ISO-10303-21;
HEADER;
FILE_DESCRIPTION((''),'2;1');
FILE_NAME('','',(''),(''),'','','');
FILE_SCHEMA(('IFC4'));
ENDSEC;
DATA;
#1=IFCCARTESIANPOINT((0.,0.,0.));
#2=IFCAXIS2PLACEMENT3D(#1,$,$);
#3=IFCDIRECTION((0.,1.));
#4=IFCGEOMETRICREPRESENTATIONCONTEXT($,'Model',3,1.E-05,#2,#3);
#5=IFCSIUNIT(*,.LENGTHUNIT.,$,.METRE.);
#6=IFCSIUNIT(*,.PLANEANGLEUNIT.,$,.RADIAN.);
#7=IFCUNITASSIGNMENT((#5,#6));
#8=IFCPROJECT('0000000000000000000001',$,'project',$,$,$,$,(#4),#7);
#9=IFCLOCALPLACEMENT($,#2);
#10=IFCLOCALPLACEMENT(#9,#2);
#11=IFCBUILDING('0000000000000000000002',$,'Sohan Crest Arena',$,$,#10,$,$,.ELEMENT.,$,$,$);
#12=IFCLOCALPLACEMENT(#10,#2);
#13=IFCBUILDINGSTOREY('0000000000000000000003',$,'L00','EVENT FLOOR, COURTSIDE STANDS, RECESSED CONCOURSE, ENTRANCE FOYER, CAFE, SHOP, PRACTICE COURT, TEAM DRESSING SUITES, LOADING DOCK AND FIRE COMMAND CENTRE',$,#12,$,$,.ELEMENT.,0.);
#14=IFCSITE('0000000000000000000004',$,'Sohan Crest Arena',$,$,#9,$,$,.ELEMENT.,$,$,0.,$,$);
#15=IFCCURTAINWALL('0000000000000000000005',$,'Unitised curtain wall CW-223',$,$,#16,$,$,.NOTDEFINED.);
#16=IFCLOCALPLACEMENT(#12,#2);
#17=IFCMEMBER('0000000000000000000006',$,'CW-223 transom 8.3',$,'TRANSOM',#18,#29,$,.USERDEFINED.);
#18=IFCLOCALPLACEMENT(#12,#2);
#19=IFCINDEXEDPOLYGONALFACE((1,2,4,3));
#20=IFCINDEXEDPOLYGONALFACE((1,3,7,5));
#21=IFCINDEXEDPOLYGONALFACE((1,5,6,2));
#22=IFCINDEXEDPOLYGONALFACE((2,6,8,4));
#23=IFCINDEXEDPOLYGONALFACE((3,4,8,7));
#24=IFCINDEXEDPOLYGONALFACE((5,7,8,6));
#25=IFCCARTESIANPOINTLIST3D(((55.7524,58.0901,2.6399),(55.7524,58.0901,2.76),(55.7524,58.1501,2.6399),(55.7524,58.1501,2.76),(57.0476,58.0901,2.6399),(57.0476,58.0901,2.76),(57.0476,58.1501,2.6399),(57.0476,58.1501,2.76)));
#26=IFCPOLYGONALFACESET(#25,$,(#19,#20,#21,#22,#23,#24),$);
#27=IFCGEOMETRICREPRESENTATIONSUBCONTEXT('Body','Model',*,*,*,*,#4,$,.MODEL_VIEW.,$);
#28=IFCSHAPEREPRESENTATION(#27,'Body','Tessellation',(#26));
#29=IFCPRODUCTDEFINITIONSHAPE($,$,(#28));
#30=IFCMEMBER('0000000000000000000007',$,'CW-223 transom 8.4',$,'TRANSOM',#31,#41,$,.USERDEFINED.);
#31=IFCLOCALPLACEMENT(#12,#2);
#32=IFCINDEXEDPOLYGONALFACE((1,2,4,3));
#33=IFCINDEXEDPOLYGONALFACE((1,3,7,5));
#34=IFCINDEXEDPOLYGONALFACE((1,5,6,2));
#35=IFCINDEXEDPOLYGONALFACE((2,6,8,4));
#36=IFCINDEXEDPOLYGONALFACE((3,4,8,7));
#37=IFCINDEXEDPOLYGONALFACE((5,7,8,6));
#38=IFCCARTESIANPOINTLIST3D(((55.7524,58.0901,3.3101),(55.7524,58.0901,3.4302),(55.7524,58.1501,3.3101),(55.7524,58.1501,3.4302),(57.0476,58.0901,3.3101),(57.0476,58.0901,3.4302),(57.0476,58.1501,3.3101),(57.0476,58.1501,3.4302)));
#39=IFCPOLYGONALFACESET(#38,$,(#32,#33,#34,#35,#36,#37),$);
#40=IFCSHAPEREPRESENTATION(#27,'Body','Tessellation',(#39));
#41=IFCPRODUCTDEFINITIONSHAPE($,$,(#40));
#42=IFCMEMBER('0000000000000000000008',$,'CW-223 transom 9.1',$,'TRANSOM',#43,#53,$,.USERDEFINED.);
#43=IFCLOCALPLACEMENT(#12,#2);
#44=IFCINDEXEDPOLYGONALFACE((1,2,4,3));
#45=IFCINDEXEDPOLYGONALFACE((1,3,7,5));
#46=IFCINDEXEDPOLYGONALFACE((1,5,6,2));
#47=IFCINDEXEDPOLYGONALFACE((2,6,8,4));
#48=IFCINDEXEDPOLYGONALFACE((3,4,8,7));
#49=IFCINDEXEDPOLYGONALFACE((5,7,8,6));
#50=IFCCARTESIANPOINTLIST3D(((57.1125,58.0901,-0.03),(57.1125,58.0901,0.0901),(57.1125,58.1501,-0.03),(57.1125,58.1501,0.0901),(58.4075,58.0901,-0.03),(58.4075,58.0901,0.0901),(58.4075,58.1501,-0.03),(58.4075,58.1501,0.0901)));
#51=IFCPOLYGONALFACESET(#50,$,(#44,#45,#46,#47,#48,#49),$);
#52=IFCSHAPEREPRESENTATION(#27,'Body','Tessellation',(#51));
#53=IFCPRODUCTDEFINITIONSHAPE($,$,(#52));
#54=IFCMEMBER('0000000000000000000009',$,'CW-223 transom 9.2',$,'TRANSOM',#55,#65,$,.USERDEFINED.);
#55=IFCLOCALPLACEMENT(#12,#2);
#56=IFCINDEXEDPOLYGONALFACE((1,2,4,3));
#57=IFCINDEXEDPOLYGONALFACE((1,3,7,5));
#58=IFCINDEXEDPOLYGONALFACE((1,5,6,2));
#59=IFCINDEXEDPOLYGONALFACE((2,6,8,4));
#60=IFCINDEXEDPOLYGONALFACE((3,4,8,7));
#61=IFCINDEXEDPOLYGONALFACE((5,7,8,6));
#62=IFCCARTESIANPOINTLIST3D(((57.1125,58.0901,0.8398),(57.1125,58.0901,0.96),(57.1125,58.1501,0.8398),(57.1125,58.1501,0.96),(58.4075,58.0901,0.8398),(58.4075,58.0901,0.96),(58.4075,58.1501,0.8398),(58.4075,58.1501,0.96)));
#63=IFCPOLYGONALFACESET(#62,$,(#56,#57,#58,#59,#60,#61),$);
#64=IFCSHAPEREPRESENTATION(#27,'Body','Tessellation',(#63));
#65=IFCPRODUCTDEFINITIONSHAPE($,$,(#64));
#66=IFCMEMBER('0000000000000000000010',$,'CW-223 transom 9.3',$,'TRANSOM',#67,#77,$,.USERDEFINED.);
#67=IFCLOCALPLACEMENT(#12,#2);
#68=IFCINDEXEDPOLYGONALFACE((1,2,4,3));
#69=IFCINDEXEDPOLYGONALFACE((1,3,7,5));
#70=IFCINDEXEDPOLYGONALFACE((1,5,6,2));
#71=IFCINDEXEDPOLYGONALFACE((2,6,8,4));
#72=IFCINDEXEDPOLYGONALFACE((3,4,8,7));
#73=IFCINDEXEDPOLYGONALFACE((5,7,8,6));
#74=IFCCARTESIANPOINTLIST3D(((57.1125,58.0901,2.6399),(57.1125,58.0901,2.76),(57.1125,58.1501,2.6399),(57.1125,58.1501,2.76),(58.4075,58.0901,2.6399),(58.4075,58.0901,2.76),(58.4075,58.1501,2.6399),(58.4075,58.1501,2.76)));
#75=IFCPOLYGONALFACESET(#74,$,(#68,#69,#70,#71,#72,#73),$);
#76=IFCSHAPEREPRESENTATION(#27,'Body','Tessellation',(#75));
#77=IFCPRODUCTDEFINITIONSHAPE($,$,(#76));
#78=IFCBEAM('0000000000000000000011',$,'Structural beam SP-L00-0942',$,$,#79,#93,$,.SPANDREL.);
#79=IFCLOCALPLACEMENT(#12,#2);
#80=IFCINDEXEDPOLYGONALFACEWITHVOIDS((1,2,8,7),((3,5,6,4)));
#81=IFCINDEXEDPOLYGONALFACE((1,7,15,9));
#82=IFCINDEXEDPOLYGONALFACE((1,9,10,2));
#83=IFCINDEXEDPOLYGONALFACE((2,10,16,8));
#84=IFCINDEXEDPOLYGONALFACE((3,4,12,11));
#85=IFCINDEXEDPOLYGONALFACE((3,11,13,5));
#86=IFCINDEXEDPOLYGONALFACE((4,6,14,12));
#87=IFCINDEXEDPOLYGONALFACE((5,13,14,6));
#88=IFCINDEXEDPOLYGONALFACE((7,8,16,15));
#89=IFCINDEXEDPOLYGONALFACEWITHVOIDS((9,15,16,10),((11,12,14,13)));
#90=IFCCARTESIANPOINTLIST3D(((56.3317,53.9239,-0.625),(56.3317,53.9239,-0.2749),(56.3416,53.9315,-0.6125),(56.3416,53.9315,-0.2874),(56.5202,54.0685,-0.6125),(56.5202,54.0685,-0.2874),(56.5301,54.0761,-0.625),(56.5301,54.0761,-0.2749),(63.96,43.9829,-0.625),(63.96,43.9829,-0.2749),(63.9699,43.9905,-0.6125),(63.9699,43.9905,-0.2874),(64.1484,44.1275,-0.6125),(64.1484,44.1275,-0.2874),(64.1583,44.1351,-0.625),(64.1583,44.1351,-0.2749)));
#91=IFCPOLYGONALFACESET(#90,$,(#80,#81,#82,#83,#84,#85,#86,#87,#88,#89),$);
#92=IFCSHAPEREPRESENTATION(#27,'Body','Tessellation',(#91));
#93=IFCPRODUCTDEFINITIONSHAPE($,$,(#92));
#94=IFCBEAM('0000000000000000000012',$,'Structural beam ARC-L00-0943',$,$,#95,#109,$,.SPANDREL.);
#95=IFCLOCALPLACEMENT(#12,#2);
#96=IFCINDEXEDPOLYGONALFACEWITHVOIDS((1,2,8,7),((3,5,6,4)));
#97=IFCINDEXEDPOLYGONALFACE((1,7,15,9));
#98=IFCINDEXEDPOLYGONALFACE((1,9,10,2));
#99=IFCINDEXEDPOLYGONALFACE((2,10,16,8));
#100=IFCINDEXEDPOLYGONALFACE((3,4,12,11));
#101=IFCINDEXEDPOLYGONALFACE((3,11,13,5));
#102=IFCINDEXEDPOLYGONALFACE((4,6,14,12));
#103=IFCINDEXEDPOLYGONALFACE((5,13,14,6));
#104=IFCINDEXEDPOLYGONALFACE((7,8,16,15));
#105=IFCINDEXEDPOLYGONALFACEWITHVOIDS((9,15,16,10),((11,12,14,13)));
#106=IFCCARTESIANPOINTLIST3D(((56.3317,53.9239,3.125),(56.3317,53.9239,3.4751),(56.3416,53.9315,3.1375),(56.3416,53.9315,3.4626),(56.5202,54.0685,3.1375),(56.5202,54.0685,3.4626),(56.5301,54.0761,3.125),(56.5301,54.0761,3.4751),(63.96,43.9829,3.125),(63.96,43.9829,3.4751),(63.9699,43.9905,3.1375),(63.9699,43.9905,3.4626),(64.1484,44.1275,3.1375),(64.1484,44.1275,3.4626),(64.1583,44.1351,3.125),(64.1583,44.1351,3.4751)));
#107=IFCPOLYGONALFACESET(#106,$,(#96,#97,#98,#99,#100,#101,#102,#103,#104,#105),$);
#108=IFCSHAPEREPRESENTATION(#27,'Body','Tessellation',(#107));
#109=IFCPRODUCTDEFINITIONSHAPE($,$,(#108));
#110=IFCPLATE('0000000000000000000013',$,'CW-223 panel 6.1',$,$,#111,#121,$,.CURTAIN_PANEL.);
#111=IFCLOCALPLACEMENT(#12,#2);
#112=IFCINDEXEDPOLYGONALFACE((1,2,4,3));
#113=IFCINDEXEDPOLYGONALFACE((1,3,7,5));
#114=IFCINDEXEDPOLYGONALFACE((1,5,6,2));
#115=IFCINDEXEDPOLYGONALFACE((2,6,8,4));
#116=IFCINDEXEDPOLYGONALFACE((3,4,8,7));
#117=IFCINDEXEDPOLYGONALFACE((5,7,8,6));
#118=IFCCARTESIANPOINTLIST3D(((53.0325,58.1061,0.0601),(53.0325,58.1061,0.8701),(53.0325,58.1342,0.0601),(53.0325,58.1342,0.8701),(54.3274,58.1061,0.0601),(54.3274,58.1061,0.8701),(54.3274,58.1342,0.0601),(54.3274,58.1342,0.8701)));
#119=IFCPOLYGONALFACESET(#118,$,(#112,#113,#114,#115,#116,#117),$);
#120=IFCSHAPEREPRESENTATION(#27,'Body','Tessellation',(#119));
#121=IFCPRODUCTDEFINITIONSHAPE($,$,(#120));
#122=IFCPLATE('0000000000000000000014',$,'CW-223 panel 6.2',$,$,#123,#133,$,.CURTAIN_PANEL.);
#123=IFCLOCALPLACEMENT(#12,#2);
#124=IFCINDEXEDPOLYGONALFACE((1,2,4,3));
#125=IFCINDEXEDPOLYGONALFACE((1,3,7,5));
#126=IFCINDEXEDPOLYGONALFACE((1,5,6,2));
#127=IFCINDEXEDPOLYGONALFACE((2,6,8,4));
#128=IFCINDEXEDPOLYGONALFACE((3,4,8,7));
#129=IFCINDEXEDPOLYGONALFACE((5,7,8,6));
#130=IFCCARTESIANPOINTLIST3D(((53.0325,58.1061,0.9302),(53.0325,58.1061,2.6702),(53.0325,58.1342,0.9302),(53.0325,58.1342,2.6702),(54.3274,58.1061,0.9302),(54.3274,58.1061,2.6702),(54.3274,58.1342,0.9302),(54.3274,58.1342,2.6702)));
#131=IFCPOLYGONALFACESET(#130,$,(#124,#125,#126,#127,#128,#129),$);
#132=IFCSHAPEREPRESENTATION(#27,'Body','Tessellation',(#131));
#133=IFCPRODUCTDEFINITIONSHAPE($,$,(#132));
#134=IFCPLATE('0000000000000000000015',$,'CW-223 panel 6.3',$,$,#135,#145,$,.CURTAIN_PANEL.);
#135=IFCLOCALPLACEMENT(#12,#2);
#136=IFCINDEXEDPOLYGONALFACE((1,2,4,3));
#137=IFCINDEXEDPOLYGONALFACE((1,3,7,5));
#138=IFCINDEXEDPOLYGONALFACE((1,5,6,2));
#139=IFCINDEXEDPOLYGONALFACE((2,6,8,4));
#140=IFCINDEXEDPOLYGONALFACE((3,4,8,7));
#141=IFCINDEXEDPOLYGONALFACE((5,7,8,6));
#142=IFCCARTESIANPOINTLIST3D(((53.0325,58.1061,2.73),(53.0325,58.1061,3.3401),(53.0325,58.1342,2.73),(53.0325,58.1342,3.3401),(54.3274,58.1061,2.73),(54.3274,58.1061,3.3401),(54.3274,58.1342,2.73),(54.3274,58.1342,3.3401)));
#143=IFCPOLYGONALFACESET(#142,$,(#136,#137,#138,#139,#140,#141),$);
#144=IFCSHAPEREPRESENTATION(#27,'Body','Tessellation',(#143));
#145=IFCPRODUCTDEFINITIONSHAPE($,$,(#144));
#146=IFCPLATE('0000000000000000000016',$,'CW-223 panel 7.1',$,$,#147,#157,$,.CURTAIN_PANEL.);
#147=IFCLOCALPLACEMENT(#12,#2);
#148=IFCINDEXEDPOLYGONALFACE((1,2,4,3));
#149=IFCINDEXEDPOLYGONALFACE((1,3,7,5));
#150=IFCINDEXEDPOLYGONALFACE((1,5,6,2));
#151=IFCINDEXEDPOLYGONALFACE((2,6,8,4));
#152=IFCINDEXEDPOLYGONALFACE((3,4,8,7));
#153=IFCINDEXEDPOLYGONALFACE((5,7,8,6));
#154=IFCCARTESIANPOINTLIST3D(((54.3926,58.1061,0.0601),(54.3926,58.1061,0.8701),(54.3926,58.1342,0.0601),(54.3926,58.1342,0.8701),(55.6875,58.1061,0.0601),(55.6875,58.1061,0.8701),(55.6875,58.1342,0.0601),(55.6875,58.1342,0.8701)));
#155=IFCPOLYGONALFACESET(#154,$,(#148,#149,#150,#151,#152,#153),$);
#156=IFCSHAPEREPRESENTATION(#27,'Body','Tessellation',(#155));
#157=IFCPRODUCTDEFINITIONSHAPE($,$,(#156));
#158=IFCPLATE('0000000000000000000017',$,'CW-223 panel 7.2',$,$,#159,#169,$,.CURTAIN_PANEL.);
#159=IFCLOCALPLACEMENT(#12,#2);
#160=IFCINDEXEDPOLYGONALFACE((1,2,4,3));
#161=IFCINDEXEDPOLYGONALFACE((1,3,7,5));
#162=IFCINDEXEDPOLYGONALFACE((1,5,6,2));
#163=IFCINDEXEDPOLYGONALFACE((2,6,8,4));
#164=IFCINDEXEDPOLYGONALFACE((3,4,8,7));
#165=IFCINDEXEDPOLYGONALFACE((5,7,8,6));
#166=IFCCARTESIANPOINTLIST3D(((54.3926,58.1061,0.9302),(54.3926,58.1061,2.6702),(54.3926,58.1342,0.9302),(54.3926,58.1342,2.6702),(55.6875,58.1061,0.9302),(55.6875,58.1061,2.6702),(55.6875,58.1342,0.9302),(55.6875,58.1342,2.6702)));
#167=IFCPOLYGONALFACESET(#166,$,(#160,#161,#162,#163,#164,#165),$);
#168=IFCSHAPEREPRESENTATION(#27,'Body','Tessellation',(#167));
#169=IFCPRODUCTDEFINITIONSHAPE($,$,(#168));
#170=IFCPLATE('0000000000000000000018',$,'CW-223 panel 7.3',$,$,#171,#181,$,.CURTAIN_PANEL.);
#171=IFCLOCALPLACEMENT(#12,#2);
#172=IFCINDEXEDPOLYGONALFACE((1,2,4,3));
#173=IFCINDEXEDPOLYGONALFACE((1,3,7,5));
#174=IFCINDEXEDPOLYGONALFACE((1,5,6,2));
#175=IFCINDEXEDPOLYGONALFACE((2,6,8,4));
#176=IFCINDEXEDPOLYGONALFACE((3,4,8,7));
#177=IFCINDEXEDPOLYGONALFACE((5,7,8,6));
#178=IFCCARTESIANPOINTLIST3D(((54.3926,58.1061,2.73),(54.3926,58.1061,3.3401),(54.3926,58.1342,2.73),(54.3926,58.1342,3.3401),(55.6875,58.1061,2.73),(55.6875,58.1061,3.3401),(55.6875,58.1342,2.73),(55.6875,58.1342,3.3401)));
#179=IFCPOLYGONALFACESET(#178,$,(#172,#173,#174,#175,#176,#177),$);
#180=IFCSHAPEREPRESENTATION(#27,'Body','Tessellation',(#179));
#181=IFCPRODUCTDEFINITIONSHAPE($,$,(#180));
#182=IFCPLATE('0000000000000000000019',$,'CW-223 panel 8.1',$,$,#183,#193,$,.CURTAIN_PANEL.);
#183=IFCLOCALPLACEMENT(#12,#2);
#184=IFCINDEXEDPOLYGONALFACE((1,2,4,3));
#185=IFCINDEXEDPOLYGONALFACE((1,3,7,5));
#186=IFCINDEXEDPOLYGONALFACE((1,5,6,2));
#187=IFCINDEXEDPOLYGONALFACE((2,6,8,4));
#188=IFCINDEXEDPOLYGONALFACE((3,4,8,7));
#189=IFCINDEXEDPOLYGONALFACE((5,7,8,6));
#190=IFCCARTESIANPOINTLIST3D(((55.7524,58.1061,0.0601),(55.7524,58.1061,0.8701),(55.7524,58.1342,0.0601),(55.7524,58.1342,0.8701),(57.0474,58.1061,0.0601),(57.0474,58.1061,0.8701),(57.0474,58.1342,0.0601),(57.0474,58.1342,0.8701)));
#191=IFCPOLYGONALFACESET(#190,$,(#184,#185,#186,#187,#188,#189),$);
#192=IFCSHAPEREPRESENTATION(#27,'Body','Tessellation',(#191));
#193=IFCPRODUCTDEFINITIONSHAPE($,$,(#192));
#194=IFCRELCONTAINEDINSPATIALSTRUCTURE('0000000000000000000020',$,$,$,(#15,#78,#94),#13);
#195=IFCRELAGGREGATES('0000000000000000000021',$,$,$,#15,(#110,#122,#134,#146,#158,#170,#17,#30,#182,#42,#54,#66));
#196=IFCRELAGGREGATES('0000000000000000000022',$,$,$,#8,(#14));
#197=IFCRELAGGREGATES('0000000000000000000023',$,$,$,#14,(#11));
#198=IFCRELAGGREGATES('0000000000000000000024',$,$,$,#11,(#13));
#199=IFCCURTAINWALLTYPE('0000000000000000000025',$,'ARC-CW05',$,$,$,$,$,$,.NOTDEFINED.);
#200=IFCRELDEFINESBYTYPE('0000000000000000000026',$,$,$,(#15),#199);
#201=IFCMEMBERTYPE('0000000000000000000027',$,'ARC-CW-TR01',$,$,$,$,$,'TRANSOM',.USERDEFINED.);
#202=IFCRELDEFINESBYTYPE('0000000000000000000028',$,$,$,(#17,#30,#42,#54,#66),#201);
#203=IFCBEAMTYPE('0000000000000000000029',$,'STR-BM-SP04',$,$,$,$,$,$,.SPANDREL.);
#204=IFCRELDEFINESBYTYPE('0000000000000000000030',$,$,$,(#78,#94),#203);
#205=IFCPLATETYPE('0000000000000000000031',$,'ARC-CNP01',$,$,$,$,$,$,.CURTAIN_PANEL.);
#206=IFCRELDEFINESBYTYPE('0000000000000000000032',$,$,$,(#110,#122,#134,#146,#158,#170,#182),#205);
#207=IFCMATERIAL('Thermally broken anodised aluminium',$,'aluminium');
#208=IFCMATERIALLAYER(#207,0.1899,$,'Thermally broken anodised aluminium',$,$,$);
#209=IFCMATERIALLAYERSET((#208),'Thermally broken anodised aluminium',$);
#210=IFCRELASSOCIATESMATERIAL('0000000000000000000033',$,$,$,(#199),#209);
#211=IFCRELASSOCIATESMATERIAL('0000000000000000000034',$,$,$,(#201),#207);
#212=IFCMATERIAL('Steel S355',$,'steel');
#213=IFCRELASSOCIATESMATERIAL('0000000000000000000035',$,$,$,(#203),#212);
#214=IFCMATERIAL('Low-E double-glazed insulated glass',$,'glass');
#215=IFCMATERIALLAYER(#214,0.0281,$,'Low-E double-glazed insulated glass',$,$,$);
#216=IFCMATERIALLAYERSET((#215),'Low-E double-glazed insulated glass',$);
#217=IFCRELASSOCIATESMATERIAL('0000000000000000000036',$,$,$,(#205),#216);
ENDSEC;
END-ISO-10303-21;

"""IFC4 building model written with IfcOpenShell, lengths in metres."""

from ifc_helpers import new_model, si_unit, direction, frame, origin, origin_2d, place, context, subcontext, project, spatial, rectangle, hollow_rectangle, extrude, material, layer, layer_set, material_profile, profile_set, type_object, element, aggregate, save


model = new_model("IFC4")

# Units and contexts
model_context = context("Model", 3, precision=1e-05, world=origin(), true_north=direction((0.0, 1.0)))
body_context = subcontext(model_context, "Body", "Model", "MODEL_VIEW")
ifc_project = project(units=[si_unit("LENGTHUNIT", "METRE"), si_unit("PLANEANGLEUNIT", "RADIAN")], contexts=[model_context])

# Site, building, storey
site_placement = place(None, origin())
site = spatial("IfcSite", under=ifc_project, at=site_placement, Name="Sohan Crest Arena", CompositionType="ELEMENT", RefElevation=0.0)
building_placement = place(site_placement, origin())
building = spatial("IfcBuilding", under=site, at=building_placement, Name="Sohan Crest Arena", CompositionType="ELEMENT")
storey_placement = place(building_placement, origin())
storey = spatial("IfcBuildingStorey", under=building, at=storey_placement, Name="L00", Description="EVENT FLOOR, COURTSIDE STANDS, RECESSED CONCOURSE, ENTRANCE FOYER, CAFE, SHOP, PRACTICE COURT, TEAM DRESSING SUITES, LOADING DOCK AND FIRE COMMAND CENTRE", CompositionType="ELEMENT", Elevation=0.0)

# Curtain wall, members
ifc_material_1 = material(Name="Thermally broken anodised aluminium", Category="aluminium")
ifc_layer_1 = layer(ifc_material_1, 0.1899, Name="Thermally broken anodised aluminium")
ifc_layer_set_1 = layer_set([ifc_layer_1], Name="Thermally broken anodised aluminium")
curtain_wall_type = type_object("IfcCurtainWallType", Name="ARC-CW05", PredefinedType="NOTDEFINED", material=ifc_layer_set_1)
curtain_wall_placement = place(storey_placement, origin())
curtain_wall = element("IfcCurtainWall", 1, at=curtain_wall_placement, inside=storey, type_object=curtain_wall_type, Name="Unitised curtain wall CW-223", PredefinedType="NOTDEFINED")
ifc_material_profile_1 = material_profile(ifc_material_1, rectangle(XDim=0.0601, YDim=0.1201, at=origin_2d()), Name="ALU-TRAN 60x120")
ifc_profile_set_1 = profile_set([ifc_material_profile_1], Name="Thermally broken anodised aluminium")
member_type_1 = type_object("IfcMemberType", Name="ARC-CW-TR01", ElementType="TRANSOM", PredefinedType="USERDEFINED", material=ifc_profile_set_1)
member_1_placement = place(storey_placement, frame((55.7524, 58.1201, 2.7), z_axis=(1.0, 0.0, 0.0), x_axis=(0.0, 1.0, 0.0)))
member_1 = element("IfcMember", 2, at=member_1_placement, type_object=member_type_1, Name="CW-223 transom 8.3", ObjectType="TRANSOM", PredefinedType="USERDEFINED", context=body_context, shape_type="SweptSolid", body=[
    extrude(rectangle(XDim=0.0601, YDim=0.1201, at=origin_2d()), origin(), (0.0, 0.0, 1.0), 1.2952),
])
member_2_placement = place(storey_placement, frame((55.7524, 58.1201, 3.3701), z_axis=(1.0, 0.0, 0.0), x_axis=(0.0, 1.0, 0.0)))
member_2 = element("IfcMember", 3, at=member_2_placement, type_object=member_type_1, Name="CW-223 transom 8.4", ObjectType="TRANSOM", PredefinedType="USERDEFINED", context=body_context, shape_type="SweptSolid", body=[
    extrude(rectangle(XDim=0.0601, YDim=0.1201, at=origin_2d()), origin(), (0.0, 0.0, 1.0), 1.2952),
])
member_3_placement = place(storey_placement, frame((57.1125, 58.1201, 0.03), z_axis=(1.0, 0.0, 0.0), x_axis=(0.0, 1.0, 0.0)))
member_3 = element("IfcMember", 4, at=member_3_placement, type_object=member_type_1, Name="CW-223 transom 9.1", ObjectType="TRANSOM", PredefinedType="USERDEFINED", context=body_context, shape_type="SweptSolid", body=[
    extrude(rectangle(XDim=0.0601, YDim=0.1201, at=origin_2d()), origin(), (0.0, 0.0, 1.0), 1.2949),
])
member_4_placement = place(storey_placement, frame((57.1125, 58.1201, 0.8999), z_axis=(1.0, 0.0, 0.0), x_axis=(0.0, 1.0, 0.0)))
member_4 = element("IfcMember", 5, at=member_4_placement, type_object=member_type_1, Name="CW-223 transom 9.2", ObjectType="TRANSOM", PredefinedType="USERDEFINED", context=body_context, shape_type="SweptSolid", body=[
    extrude(rectangle(XDim=0.0601, YDim=0.1201, at=origin_2d()), origin(), (0.0, 0.0, 1.0), 1.2949),
])
member_5_placement = place(storey_placement, frame((57.1125, 58.1201, 2.7), z_axis=(1.0, 0.0, 0.0), x_axis=(0.0, 1.0, 0.0)))
member_5 = element("IfcMember", 6, at=member_5_placement, type_object=member_type_1, Name="CW-223 transom 9.3", ObjectType="TRANSOM", PredefinedType="USERDEFINED", context=body_context, shape_type="SweptSolid", body=[
    extrude(rectangle(XDim=0.0601, YDim=0.1201, at=origin_2d()), origin(), (0.0, 0.0, 1.0), 1.2949),
])

# Beams
ifc_material_2 = material(Name="Steel S355", Category="steel")
ifc_material_profile_2 = material_profile(ifc_material_2, hollow_rectangle(XDim=0.25, YDim=0.3501, WallThickness=0.0125, at=origin_2d()), Name="RHS 350x250x12.5")
ifc_profile_set_2 = profile_set([ifc_material_profile_2], Name="Steel S355")
beam_type = type_object("IfcBeamType", Name="STR-BM-SP04", PredefinedType="SPANDREL", material=ifc_profile_set_2)
for number, where, z_axis, x_axis, name in (
    (7, (56.4309, 54.0, -0.45), (0.608773, -0.793344, 0.0), (0.793344, 0.608773, 0.0), "Structural beam SP-L00-0942"),
    (8, (56.4309, 54.0, 3.3), (0.608773, -0.793344, 0.0), (0.793344, 0.608773, 0.0), "Structural beam ARC-L00-0943"),
):
    element("IfcBeam", number, at=place(storey_placement, frame(where, z_axis=z_axis, x_axis=x_axis)), inside=storey, type_object=beam_type, Name=name, PredefinedType="SPANDREL", context=body_context, shape_type="SweptSolid", body=[
        extrude(hollow_rectangle(XDim=0.25, YDim=0.3501, WallThickness=0.0125, at=origin_2d()), origin(), (0.0, 0.0, 1.0), 12.5305),
    ])

# Plates
ifc_material_3 = material(Name="Low-E double-glazed insulated glass", Category="glass")
ifc_layer_2 = layer(ifc_material_3, 0.0281, Name="Low-E double-glazed insulated glass")
ifc_layer_set_2 = layer_set([ifc_layer_2], Name="Low-E double-glazed insulated glass")
plate_type = type_object("IfcPlateType", Name="ARC-CNP01", PredefinedType="CURTAIN_PANEL", material=ifc_layer_set_2)
plate_1_placement = place(storey_placement, frame((53.6799, 58.1201, 0.0601), z_axis=(0.0, 0.0, 1.0), x_axis=(1.0, 0.0, 0.0)))
plate_1 = element("IfcPlate", 9, at=plate_1_placement, type_object=plate_type, Name="CW-223 panel 6.1", PredefinedType="CURTAIN_PANEL", context=body_context, shape_type="SweptSolid", body=[
    extrude(rectangle(XDim=1.2949, YDim=0.0281, at=origin_2d()), origin(), (0.0, 0.0, 1.0), 0.8101),
])
plate_2_placement = place(storey_placement, frame((53.6799, 58.1201, 0.9302), z_axis=(0.0, 0.0, 1.0), x_axis=(1.0, 0.0, 0.0)))
plate_2 = element("IfcPlate", 10, at=plate_2_placement, type_object=plate_type, Name="CW-223 panel 6.2", PredefinedType="CURTAIN_PANEL", context=body_context, shape_type="SweptSolid", body=[
    extrude(rectangle(XDim=1.2949, YDim=0.0281, at=origin_2d()), origin(), (0.0, 0.0, 1.0), 1.74),
])
plate_3_placement = place(storey_placement, frame((53.6799, 58.1201, 2.73), z_axis=(0.0, 0.0, 1.0), x_axis=(1.0, 0.0, 0.0)))
plate_3 = element("IfcPlate", 11, at=plate_3_placement, type_object=plate_type, Name="CW-223 panel 6.3", PredefinedType="CURTAIN_PANEL", context=body_context, shape_type="SweptSolid", body=[
    extrude(rectangle(XDim=1.2949, YDim=0.0281, at=origin_2d()), origin(), (0.0, 0.0, 1.0), 0.6101),
])
plate_4_placement = place(storey_placement, frame((55.04, 58.1201, 0.0601), z_axis=(0.0, 0.0, 1.0), x_axis=(1.0, 0.0, 0.0)))
plate_4 = element("IfcPlate", 12, at=plate_4_placement, type_object=plate_type, Name="CW-223 panel 7.1", PredefinedType="CURTAIN_PANEL", context=body_context, shape_type="SweptSolid", body=[
    extrude(rectangle(XDim=1.2949, YDim=0.0281, at=origin_2d()), origin(), (0.0, 0.0, 1.0), 0.8101),
])
plate_5_placement = place(storey_placement, frame((55.04, 58.1201, 0.9302), z_axis=(0.0, 0.0, 1.0), x_axis=(1.0, 0.0, 0.0)))
plate_5 = element("IfcPlate", 13, at=plate_5_placement, type_object=plate_type, Name="CW-223 panel 7.2", PredefinedType="CURTAIN_PANEL", context=body_context, shape_type="SweptSolid", body=[
    extrude(rectangle(XDim=1.2949, YDim=0.0281, at=origin_2d()), origin(), (0.0, 0.0, 1.0), 1.74),
])
plate_6_placement = place(storey_placement, frame((55.04, 58.1201, 2.73), z_axis=(0.0, 0.0, 1.0), x_axis=(1.0, 0.0, 0.0)))
plate_6 = element("IfcPlate", 14, at=plate_6_placement, type_object=plate_type, Name="CW-223 panel 7.3", PredefinedType="CURTAIN_PANEL", context=body_context, shape_type="SweptSolid", body=[
    extrude(rectangle(XDim=1.2949, YDim=0.0281, at=origin_2d()), origin(), (0.0, 0.0, 1.0), 0.6101),
])
plate_7_placement = place(storey_placement, frame((56.3999, 58.1201, 0.0601), z_axis=(0.0, 0.0, 1.0), x_axis=(1.0, 0.0, 0.0)))
plate_7 = element("IfcPlate", 15, at=plate_7_placement, type_object=plate_type, Name="CW-223 panel 8.1", PredefinedType="CURTAIN_PANEL", context=body_context, shape_type="SweptSolid", body=[
    extrude(rectangle(XDim=1.2949, YDim=0.0281, at=origin_2d()), origin(), (0.0, 0.0, 1.0), 0.8101),
])
aggregate(curtain_wall, [plate_1, plate_2, plate_3, plate_4, plate_5, plate_6, member_1, member_2, plate_7, member_3, member_4, member_5])

save(model, "model.ifc")
